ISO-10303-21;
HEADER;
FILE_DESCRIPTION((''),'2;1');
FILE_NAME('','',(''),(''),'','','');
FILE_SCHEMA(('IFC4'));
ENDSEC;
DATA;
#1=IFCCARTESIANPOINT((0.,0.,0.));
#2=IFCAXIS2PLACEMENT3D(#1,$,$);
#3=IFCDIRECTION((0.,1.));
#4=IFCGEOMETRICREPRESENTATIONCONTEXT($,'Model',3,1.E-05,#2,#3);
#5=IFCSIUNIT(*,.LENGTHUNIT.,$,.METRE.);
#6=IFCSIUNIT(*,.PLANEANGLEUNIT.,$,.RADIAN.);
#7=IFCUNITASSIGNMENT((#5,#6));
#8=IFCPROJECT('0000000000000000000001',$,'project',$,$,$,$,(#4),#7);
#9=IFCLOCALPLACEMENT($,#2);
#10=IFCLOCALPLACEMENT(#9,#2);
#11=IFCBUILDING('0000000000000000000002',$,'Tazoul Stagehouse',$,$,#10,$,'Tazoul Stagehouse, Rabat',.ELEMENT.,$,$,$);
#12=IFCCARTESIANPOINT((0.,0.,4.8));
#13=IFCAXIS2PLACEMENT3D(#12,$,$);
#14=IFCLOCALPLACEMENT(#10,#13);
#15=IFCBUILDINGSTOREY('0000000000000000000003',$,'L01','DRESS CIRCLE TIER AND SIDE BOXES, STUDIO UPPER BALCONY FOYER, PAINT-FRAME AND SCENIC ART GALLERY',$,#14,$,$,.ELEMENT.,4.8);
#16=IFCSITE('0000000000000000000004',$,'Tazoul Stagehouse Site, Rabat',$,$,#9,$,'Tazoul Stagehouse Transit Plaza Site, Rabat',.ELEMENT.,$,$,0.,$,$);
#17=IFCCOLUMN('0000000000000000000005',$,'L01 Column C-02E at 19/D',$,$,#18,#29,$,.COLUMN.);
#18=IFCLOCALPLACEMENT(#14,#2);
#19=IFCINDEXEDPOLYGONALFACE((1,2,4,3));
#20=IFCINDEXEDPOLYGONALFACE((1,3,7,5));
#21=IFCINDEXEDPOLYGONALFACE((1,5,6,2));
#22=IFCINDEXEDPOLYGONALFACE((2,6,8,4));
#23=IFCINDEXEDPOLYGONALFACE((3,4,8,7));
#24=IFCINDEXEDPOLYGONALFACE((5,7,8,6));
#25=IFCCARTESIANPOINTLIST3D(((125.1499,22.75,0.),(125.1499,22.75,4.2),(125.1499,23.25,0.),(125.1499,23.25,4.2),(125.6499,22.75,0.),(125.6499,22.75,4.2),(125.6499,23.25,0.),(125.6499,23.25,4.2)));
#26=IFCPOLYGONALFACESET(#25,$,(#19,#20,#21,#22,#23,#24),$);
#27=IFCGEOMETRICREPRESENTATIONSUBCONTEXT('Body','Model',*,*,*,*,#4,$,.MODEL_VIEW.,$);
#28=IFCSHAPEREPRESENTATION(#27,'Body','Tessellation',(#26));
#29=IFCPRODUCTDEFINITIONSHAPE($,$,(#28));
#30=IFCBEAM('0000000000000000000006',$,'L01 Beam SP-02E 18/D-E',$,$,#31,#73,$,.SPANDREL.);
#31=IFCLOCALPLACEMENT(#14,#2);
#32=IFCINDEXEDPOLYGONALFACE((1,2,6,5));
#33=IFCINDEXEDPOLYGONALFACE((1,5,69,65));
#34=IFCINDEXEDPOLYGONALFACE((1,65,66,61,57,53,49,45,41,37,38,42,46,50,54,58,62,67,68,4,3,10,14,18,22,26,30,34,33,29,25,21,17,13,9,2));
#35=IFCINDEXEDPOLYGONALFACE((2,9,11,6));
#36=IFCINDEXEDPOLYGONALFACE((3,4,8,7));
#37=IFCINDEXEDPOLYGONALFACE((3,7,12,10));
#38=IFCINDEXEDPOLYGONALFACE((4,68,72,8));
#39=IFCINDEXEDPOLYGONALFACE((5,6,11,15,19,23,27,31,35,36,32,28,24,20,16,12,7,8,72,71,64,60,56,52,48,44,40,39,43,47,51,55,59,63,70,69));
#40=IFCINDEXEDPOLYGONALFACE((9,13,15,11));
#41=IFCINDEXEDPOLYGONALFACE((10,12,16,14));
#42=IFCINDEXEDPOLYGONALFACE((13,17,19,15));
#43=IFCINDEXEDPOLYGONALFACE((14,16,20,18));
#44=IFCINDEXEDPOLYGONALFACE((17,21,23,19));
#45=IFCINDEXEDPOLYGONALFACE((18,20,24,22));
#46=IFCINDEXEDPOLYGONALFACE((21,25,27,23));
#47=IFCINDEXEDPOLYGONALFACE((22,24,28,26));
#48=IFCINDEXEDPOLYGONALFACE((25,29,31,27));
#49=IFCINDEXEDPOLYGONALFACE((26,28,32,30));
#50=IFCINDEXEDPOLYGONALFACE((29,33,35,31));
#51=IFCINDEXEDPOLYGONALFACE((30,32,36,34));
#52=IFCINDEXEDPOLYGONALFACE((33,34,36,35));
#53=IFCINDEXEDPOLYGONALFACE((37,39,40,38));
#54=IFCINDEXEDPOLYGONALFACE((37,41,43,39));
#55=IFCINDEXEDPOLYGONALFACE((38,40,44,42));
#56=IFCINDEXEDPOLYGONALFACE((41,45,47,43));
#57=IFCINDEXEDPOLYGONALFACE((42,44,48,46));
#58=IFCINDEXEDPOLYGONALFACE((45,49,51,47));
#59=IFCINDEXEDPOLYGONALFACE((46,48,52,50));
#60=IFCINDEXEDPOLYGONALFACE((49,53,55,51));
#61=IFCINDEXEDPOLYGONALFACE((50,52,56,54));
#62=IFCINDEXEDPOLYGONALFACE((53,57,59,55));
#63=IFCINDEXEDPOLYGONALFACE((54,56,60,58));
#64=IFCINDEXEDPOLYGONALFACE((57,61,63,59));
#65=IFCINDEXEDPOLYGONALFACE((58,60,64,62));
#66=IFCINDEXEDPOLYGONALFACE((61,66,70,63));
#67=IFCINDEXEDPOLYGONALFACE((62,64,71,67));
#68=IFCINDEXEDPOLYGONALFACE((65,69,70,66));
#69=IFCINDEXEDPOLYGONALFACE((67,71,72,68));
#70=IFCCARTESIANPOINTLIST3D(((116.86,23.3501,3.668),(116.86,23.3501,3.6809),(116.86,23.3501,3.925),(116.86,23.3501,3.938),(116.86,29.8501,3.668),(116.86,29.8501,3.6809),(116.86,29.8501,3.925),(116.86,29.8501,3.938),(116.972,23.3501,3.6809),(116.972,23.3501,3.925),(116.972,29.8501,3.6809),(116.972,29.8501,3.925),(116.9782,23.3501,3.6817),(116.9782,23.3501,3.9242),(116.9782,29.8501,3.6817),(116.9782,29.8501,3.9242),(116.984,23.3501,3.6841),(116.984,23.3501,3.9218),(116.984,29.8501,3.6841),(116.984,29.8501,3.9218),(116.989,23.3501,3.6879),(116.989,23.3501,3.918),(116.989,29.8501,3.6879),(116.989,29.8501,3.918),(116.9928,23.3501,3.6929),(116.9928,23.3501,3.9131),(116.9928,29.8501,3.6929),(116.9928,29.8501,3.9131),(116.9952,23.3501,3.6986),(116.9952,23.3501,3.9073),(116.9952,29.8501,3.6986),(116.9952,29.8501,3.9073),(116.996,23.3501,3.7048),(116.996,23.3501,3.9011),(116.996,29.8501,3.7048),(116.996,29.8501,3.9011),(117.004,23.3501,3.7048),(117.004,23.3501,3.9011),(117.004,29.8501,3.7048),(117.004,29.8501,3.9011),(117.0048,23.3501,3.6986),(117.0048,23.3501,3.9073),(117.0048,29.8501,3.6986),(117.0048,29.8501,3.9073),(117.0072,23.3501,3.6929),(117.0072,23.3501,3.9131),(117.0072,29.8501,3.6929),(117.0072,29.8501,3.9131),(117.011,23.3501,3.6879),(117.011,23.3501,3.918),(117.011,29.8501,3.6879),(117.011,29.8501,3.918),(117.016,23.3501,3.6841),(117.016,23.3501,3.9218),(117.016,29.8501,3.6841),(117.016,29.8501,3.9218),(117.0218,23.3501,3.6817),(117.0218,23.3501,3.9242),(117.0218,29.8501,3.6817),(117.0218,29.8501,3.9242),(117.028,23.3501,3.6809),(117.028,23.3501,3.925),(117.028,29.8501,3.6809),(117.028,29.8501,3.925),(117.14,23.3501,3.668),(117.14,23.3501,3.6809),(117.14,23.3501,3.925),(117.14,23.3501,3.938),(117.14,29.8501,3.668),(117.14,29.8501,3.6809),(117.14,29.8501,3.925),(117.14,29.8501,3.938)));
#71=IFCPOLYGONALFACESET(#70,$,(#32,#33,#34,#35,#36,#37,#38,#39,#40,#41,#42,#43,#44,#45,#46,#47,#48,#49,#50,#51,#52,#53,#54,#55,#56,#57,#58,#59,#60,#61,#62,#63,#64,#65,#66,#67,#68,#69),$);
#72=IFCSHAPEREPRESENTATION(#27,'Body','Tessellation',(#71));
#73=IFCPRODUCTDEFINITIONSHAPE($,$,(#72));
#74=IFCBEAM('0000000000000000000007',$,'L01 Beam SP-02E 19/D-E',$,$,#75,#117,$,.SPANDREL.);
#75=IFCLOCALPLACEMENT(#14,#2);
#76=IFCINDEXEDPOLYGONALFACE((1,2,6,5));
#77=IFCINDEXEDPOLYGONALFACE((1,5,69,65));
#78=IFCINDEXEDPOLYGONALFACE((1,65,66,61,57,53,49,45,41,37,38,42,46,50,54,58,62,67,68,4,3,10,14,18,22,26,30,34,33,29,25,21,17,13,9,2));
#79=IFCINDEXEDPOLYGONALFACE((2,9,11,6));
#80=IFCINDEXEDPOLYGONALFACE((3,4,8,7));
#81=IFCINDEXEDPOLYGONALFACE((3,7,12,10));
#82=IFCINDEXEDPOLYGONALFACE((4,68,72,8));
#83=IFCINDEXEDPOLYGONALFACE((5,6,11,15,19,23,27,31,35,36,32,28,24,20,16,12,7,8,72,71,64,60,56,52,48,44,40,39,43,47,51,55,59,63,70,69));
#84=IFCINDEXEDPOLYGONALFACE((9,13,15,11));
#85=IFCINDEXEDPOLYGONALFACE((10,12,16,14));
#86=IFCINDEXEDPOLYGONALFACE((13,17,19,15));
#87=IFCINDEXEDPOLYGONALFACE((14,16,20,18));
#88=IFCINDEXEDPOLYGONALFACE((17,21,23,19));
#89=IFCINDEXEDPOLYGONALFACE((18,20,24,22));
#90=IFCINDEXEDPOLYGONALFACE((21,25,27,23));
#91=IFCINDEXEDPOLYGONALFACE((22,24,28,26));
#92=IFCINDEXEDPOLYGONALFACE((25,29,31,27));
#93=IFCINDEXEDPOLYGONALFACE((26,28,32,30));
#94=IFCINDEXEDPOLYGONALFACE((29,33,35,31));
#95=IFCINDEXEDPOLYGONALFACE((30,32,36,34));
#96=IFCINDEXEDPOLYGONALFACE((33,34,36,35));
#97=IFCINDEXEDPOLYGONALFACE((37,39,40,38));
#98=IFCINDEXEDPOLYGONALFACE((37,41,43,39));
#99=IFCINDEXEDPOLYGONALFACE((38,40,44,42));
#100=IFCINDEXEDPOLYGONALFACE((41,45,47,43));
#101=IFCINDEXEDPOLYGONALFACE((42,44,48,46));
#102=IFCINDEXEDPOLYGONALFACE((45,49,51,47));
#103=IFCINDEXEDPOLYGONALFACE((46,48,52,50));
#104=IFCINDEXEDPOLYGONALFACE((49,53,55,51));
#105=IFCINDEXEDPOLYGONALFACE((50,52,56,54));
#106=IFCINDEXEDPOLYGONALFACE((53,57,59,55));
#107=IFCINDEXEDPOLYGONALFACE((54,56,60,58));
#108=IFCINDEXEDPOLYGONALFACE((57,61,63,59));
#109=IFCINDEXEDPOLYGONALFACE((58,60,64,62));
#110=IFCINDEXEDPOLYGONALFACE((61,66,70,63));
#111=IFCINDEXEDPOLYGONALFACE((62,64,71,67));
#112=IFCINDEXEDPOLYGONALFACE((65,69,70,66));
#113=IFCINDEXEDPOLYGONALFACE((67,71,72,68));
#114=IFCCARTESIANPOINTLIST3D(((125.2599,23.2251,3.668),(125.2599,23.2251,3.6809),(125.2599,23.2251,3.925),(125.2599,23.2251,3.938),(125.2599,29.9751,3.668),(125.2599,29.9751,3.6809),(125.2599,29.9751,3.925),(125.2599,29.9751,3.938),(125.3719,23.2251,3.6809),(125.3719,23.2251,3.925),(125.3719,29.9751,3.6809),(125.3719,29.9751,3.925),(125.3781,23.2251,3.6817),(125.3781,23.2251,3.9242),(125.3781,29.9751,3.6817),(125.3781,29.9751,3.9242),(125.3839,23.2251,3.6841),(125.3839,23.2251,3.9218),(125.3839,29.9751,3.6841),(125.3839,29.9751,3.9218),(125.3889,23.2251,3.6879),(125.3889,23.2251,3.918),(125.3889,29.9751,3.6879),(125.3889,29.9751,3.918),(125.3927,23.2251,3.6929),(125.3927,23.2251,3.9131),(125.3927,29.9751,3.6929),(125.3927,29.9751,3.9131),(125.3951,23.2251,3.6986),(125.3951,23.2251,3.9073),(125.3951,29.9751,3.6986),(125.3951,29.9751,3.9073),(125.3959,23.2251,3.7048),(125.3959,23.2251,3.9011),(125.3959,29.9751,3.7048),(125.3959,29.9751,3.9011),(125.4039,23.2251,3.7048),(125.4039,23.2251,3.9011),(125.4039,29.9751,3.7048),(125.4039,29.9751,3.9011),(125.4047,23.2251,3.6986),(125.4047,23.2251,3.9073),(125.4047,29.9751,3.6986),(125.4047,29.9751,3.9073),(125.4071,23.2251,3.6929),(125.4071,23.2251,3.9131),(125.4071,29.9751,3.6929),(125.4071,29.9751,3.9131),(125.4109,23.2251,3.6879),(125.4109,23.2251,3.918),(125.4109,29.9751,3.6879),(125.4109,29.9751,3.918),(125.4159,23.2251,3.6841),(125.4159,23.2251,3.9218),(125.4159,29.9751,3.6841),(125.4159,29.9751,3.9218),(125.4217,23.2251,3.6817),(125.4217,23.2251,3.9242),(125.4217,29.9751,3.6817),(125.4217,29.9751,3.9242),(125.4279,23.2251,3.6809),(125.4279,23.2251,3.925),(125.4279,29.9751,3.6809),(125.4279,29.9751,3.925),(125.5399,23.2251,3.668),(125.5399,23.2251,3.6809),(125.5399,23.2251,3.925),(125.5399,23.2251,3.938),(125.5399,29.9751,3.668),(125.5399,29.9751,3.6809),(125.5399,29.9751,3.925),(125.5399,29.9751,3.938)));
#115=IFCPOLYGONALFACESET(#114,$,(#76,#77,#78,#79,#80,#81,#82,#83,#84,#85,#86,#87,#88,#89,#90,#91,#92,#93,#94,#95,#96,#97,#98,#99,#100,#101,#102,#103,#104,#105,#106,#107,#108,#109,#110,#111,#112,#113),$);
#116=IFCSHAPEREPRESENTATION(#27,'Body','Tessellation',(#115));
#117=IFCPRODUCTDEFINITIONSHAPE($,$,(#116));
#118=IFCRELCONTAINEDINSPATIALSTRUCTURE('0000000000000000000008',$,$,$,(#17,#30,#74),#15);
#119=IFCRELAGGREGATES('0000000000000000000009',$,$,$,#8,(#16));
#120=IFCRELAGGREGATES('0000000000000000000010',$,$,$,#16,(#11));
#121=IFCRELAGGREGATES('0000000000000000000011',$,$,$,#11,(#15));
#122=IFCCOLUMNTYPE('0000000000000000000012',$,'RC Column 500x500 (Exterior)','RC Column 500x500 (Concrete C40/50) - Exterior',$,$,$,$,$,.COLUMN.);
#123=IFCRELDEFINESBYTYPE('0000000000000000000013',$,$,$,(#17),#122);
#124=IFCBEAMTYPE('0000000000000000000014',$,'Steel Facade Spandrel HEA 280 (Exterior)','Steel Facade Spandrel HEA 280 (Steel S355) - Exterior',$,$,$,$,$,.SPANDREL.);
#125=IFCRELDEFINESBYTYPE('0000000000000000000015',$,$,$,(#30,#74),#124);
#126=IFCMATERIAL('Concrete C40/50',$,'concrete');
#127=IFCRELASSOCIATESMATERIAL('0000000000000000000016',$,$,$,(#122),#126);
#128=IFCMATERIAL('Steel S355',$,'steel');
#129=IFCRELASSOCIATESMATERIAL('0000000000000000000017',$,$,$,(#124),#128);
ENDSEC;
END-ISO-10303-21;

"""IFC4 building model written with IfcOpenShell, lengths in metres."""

from ifc_helpers import new_model, si_unit, direction, frame, origin, origin_2d, place, context, subcontext, project, spatial, rectangle, i_section, extrude, material, material_profile, profile_set, type_object, element, save


model = new_model("IFC4")

# Units and contexts
model_context = context("Model", 3, precision=1e-05, world=origin(), true_north=direction((0.0, 1.0)))
body_context = subcontext(model_context, "Body", "Model", "MODEL_VIEW")
ifc_project = project(units=[si_unit("LENGTHUNIT", "METRE"), si_unit("PLANEANGLEUNIT", "RADIAN")], contexts=[model_context])

# Site, building, storey
site_placement = place(None, origin())
site = spatial("IfcSite", under=ifc_project, at=site_placement, Name="Tazoul Stagehouse Site, Rabat", LongName="Tazoul Stagehouse Transit Plaza Site, Rabat", CompositionType="ELEMENT", RefElevation=0.0)
building_placement = place(site_placement, origin())
building = spatial("IfcBuilding", under=site, at=building_placement, Name="Tazoul Stagehouse", LongName="Tazoul Stagehouse, Rabat", CompositionType="ELEMENT")
storey_placement = place(building_placement, frame((0.0, 0.0, 4.8)))
storey = spatial("IfcBuildingStorey", under=building, at=storey_placement, Name="L01", Description="DRESS CIRCLE TIER AND SIDE BOXES, STUDIO UPPER BALCONY FOYER, PAINT-FRAME AND SCENIC ART GALLERY", CompositionType="ELEMENT", Elevation=4.8)

# Column
ifc_material_1 = material(Name="Concrete C40/50", Category="concrete")
ifc_material_profile_1 = material_profile(ifc_material_1, rectangle(XDim=0.5, YDim=0.5, at=origin_2d()), Name="RC 500x500")
ifc_profile_set_1 = profile_set([ifc_material_profile_1], Name="Concrete C40/50")
column_type = type_object("IfcColumnType", Name="RC Column 500x500 (Exterior)", Description="RC Column 500x500 (Concrete C40/50) - Exterior", PredefinedType="COLUMN", material=ifc_profile_set_1)
column_placement = place(storey_placement, frame((125.3999, 23.0, 0.0), z_axis=(0.0, 0.0, 1.0), x_axis=(1.0, 0.0, 0.0)))
element("IfcColumn", 1, at=column_placement, inside=storey, type_object=column_type, Name="L01 Column C-02E at 19/D", PredefinedType="COLUMN", context=body_context, shape_type="SweptSolid", body=[
    extrude(rectangle(XDim=0.5, YDim=0.5, at=origin_2d()), origin(), (0.0, 0.0, 1.0), 4.2),
])

# Beams
ifc_material_2 = material(Name="Steel S355", Category="steel")
ifc_material_profile_2 = material_profile(ifc_material_2, i_section(OverallWidth=0.28, OverallDepth=0.27, WebThickness=0.0081, FlangeThickness=0.0129, FilletRadius=0.0239, at=origin_2d()), Name="HEA 280")
ifc_profile_set_2 = profile_set([ifc_material_profile_2], Name="Steel S355")
beam_type = type_object("IfcBeamType", Name="Steel Facade Spandrel HEA 280 (Exterior)", Description="Steel Facade Spandrel HEA 280 (Steel S355) - Exterior", PredefinedType="SPANDREL", material=ifc_profile_set_2)
beam_1_placement = place(storey_placement, frame((117.0, 23.3501, 3.803), z_axis=(0.0, 1.0, 0.0), x_axis=(-1.0, 0.0, 0.0)))
element("IfcBeam", 2, at=beam_1_placement, inside=storey, type_object=beam_type, Name="L01 Beam SP-02E 18/D-E", PredefinedType="SPANDREL", context=body_context, shape_type="SweptSolid", body=[
    extrude(i_section(OverallWidth=0.28, OverallDepth=0.27, WebThickness=0.0081, FlangeThickness=0.0129, FilletRadius=0.0239, at=origin_2d()), origin(), (0.0, 0.0, 1.0), 6.5),
])
beam_2_placement = place(storey_placement, frame((125.3999, 23.2251, 3.803), z_axis=(0.0, 1.0, 0.0), x_axis=(-1.0, 0.0, 0.0)))
element("IfcBeam", 3, at=beam_2_placement, inside=storey, type_object=beam_type, Name="L01 Beam SP-02E 19/D-E", PredefinedType="SPANDREL", context=body_context, shape_type="SweptSolid", body=[
    extrude(i_section(OverallWidth=0.28, OverallDepth=0.27, WebThickness=0.0081, FlangeThickness=0.0129, FilletRadius=0.0239, at=origin_2d()), origin(), (0.0, 0.0, 1.0), 6.75),
])

save(model, "model.ifc")
